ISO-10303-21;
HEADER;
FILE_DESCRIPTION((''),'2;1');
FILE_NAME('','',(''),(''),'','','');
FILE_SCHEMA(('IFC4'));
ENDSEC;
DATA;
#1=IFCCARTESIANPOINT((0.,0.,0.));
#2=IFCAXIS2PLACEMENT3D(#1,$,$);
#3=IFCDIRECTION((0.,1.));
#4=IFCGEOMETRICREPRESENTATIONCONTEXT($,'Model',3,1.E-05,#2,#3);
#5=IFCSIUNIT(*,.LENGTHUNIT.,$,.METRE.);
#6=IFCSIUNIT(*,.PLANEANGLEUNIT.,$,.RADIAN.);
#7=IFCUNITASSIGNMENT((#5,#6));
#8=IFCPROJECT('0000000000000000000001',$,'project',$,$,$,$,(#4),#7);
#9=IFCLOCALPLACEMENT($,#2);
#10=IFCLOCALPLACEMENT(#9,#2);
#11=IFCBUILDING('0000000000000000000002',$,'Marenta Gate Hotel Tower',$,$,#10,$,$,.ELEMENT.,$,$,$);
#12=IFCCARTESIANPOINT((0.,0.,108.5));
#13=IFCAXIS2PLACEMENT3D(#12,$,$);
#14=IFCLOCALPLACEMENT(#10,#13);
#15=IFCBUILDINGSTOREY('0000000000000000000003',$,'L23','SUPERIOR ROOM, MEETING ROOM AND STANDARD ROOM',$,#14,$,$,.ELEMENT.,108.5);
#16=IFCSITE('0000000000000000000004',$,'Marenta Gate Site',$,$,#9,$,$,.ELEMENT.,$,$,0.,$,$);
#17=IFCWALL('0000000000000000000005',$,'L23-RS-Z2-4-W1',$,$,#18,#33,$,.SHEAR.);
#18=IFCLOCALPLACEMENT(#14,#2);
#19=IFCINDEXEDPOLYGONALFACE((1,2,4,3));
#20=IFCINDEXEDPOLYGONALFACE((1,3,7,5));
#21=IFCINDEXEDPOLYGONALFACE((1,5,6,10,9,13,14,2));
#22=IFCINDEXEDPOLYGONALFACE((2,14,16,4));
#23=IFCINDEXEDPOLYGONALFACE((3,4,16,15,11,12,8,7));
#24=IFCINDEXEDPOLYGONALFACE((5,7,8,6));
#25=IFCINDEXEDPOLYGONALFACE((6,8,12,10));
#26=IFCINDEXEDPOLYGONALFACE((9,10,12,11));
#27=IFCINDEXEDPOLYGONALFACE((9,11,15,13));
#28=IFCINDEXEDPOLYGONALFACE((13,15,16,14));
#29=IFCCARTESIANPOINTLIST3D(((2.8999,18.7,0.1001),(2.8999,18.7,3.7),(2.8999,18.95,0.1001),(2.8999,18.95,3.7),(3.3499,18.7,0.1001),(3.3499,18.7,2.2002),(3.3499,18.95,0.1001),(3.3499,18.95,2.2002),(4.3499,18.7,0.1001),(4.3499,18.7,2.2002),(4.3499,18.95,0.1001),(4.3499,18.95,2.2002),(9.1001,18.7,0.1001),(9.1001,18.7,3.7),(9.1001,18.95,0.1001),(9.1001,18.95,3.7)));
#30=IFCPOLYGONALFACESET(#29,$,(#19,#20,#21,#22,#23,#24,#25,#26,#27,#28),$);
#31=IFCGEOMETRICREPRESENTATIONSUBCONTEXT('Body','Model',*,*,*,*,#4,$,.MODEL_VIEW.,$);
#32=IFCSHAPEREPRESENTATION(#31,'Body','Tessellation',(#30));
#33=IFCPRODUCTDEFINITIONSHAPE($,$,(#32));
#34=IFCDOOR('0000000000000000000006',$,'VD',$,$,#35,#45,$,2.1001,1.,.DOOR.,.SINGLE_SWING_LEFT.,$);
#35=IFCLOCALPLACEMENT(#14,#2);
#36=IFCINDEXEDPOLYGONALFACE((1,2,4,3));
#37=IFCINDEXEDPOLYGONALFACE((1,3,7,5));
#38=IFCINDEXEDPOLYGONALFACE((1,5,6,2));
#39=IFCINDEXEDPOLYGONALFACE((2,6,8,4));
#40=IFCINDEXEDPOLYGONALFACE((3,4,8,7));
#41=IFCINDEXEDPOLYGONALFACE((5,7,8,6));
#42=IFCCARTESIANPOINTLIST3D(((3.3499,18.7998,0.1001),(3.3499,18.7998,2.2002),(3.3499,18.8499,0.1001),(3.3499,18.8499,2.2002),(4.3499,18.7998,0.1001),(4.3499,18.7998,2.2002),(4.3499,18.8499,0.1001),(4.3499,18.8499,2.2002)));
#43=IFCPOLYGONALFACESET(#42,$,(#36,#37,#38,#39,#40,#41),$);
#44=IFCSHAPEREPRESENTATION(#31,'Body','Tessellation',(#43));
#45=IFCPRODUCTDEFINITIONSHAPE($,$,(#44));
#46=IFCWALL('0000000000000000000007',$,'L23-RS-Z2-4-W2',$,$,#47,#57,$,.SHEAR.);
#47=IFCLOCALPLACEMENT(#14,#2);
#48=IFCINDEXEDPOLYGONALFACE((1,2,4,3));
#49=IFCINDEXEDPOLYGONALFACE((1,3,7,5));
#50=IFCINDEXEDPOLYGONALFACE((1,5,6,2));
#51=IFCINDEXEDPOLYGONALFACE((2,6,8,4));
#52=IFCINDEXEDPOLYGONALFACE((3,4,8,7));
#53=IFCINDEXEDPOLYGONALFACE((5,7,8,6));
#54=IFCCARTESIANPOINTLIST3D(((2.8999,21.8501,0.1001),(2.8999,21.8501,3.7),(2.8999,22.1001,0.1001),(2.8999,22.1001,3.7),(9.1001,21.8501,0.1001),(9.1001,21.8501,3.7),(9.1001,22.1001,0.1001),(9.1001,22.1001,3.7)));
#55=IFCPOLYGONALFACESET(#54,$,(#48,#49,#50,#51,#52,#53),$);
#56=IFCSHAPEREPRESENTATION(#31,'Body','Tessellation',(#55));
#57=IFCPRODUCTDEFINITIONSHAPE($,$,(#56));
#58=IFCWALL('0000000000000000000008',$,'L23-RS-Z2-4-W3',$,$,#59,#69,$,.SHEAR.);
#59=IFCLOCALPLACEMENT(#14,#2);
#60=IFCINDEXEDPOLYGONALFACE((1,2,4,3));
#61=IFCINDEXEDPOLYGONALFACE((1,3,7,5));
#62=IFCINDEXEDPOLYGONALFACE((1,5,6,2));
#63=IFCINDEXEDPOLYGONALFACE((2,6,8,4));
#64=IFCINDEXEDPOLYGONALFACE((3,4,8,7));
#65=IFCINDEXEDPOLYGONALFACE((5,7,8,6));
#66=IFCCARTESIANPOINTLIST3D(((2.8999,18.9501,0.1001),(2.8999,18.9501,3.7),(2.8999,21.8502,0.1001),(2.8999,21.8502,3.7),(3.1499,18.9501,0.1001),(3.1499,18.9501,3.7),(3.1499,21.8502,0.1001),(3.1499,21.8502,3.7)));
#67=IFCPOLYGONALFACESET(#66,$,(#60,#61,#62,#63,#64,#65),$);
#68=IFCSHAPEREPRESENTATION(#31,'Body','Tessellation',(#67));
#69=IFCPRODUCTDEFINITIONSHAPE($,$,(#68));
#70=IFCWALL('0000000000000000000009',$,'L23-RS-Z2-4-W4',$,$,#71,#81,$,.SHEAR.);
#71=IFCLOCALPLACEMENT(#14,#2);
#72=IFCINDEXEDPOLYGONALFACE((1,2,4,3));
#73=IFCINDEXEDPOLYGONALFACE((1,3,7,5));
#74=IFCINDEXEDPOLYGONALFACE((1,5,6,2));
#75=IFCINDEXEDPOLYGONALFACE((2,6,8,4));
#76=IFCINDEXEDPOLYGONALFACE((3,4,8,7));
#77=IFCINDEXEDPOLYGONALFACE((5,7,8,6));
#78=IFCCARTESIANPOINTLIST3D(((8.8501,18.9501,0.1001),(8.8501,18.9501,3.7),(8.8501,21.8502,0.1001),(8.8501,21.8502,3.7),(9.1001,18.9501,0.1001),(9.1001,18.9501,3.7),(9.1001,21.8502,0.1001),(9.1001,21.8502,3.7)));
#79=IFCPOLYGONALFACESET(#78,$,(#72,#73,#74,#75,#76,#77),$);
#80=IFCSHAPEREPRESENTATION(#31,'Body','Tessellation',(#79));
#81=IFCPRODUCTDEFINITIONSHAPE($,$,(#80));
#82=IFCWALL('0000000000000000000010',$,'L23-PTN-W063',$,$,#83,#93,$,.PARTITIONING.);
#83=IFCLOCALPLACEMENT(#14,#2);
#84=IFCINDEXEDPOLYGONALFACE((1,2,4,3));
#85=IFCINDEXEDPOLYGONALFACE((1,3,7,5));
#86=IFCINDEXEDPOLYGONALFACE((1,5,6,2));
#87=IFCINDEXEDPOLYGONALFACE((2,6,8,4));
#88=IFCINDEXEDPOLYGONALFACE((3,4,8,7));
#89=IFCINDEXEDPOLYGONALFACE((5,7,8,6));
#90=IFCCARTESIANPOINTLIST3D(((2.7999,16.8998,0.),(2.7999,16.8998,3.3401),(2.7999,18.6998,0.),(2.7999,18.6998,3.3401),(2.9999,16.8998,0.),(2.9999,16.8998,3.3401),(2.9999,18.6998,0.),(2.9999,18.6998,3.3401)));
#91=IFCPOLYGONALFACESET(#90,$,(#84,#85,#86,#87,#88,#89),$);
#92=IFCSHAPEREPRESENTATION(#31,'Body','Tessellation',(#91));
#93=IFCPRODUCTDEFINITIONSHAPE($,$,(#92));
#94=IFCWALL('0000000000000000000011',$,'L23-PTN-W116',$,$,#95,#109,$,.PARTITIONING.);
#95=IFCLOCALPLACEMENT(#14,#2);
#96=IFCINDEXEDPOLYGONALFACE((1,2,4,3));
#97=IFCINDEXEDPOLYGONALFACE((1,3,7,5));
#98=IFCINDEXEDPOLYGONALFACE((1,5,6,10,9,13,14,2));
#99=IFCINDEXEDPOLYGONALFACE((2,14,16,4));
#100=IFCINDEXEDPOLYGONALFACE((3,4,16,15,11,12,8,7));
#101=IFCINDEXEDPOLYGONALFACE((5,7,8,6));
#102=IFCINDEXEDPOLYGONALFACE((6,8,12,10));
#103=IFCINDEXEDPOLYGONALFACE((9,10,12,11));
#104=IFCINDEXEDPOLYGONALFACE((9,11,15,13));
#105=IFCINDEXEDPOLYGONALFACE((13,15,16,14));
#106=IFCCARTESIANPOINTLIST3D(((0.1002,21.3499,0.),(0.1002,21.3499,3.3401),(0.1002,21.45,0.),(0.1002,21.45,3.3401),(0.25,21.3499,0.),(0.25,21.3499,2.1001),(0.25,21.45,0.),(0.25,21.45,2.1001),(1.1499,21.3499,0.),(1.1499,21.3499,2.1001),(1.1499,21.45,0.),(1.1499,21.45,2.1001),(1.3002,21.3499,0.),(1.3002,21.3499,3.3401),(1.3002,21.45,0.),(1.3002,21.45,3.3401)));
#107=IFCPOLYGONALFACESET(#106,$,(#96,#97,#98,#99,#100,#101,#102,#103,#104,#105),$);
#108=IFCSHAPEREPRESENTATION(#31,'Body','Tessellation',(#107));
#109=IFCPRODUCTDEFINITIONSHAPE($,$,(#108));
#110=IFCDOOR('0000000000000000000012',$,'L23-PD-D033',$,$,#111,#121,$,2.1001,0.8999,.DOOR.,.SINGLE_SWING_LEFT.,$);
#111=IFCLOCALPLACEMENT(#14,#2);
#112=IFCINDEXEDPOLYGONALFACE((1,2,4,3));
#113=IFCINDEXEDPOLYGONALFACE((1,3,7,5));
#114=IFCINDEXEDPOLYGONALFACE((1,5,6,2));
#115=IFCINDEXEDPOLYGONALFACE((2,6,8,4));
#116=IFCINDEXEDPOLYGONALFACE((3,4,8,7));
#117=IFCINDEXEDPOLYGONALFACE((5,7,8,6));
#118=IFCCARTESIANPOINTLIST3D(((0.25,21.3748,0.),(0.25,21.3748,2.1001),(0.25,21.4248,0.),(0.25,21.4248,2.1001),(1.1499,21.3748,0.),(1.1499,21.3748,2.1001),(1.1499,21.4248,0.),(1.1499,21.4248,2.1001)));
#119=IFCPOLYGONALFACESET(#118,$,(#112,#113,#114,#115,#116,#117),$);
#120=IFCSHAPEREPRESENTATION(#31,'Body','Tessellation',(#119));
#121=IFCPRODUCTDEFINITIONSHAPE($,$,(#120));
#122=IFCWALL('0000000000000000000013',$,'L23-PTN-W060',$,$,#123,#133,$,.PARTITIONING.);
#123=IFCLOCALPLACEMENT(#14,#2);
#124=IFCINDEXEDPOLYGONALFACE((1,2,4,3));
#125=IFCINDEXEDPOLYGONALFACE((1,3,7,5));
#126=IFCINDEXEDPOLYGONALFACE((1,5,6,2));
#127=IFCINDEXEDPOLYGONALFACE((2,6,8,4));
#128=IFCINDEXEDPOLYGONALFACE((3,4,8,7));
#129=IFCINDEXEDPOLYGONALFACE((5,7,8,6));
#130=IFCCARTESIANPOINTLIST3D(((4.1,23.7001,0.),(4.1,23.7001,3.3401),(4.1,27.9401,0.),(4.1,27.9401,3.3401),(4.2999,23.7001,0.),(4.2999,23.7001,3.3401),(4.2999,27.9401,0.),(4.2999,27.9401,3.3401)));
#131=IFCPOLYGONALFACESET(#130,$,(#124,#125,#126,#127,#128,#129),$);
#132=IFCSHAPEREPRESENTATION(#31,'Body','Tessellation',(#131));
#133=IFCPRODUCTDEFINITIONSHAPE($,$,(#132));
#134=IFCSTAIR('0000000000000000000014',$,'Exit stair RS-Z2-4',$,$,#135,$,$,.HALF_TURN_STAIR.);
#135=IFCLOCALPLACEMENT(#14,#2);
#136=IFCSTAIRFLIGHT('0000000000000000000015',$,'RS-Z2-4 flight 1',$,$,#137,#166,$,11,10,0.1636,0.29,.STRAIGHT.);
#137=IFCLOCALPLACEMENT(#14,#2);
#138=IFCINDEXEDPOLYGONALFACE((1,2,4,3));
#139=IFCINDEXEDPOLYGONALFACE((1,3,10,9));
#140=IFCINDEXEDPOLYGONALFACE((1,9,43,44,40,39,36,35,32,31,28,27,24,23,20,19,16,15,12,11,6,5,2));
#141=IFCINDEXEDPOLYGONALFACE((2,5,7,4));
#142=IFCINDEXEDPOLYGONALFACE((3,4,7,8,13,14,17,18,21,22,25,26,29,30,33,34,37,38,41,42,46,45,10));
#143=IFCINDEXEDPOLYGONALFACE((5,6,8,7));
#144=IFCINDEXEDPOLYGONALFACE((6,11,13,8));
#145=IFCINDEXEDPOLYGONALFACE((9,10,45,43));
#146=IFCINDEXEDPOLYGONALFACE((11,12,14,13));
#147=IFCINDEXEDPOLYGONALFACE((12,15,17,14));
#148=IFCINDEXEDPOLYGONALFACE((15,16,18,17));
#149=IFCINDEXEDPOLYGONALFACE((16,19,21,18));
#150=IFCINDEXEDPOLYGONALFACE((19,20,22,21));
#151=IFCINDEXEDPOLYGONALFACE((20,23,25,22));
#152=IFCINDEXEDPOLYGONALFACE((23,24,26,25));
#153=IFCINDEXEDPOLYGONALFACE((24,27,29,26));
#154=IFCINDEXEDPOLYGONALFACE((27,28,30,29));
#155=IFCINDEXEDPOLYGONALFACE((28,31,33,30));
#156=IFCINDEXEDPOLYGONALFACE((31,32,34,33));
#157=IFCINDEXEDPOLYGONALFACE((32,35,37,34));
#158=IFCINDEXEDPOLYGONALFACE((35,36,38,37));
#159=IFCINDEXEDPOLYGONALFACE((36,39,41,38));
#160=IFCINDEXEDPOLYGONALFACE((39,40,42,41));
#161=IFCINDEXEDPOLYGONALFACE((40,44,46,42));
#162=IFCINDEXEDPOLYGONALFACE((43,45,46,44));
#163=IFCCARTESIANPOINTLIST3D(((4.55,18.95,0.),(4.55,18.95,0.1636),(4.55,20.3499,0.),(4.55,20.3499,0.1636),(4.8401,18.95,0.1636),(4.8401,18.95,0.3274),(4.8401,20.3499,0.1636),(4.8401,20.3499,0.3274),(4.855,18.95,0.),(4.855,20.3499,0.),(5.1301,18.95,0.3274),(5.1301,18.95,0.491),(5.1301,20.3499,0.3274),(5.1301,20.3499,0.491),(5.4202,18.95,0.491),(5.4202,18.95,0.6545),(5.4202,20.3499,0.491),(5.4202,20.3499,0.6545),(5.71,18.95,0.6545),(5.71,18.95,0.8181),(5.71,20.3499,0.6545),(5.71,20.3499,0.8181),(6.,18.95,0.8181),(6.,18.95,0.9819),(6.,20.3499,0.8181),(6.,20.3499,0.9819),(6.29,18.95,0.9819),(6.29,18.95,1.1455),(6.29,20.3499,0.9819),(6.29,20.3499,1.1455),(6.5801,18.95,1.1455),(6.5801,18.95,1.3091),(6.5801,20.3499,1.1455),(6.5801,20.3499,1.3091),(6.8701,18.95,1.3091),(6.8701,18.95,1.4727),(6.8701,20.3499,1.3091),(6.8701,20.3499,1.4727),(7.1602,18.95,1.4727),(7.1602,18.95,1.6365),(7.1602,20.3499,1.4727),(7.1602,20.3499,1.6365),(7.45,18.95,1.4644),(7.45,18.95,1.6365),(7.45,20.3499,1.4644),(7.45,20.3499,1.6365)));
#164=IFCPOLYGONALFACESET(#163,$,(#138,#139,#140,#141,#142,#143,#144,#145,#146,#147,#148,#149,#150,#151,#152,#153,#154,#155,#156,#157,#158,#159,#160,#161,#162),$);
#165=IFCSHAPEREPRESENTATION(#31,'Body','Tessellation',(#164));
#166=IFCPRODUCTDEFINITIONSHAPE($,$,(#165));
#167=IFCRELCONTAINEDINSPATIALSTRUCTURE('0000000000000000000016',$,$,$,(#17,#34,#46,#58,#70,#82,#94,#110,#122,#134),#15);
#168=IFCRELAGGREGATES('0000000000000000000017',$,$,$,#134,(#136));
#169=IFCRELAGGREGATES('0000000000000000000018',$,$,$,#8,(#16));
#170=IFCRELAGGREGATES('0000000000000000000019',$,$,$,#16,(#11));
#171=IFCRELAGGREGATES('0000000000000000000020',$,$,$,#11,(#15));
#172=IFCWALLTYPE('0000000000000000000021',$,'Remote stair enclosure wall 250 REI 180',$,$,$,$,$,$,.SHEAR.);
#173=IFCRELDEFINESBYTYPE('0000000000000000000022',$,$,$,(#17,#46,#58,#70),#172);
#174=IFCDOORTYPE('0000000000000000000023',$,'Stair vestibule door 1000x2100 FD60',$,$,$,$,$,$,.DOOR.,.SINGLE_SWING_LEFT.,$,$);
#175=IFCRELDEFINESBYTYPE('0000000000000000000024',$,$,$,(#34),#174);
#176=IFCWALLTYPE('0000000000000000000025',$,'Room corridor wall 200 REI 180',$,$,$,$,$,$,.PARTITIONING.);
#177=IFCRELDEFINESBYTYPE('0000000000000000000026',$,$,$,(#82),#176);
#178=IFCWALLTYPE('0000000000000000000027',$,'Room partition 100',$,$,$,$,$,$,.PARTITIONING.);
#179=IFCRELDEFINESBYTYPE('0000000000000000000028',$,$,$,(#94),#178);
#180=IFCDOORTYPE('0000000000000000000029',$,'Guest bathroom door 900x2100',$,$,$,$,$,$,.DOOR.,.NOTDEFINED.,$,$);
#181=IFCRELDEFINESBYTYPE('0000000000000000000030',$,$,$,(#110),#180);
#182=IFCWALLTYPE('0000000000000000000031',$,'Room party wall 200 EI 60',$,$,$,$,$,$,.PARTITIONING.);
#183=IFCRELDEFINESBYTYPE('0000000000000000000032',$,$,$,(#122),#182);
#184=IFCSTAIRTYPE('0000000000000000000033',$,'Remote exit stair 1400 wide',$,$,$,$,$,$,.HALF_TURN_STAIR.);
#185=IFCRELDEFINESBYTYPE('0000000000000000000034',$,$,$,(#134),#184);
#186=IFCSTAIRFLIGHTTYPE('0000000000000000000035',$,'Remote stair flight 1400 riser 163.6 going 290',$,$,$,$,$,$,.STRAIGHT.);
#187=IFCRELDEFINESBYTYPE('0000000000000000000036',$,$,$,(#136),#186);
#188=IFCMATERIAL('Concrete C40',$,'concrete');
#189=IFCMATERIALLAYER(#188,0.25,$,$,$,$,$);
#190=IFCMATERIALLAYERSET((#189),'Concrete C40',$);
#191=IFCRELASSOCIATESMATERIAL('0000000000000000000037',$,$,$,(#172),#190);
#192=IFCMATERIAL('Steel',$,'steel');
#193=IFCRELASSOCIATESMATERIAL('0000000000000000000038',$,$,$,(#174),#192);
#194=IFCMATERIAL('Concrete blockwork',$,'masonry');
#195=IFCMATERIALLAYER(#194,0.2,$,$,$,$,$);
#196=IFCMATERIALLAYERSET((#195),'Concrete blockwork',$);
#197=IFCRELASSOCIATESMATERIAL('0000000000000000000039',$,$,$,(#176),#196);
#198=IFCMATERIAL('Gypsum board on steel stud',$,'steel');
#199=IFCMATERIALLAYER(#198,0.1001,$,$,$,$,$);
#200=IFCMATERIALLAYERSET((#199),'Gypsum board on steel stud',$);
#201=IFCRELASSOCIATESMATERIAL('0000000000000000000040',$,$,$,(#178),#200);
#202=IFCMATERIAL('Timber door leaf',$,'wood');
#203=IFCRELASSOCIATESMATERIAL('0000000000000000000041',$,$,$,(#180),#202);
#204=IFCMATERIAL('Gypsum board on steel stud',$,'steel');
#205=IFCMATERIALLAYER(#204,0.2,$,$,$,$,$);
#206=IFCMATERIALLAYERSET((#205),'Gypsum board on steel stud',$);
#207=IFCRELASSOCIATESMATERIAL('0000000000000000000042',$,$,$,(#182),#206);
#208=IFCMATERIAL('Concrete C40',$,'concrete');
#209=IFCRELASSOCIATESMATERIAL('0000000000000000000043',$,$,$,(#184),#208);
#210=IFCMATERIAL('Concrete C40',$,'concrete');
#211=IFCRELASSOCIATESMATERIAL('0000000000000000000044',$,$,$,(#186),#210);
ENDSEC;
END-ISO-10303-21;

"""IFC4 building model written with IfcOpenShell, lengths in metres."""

from ifc_helpers import new_model, si_unit, direction, frame, frame_2d, origin, place, context, subcontext, project, spatial, polyline, rectangle, outline, extrude, material, layer, layer_set, type_object, element, fill, aggregate, save


model = new_model("IFC4")

# Units and contexts
model_context = context("Model", 3, precision=1e-05, world=origin(), true_north=direction((0.0, 1.0)))
body_context = subcontext(model_context, "Body", "Model", "MODEL_VIEW")
ifc_project = project(units=[si_unit("LENGTHUNIT", "METRE"), si_unit("PLANEANGLEUNIT", "RADIAN")], contexts=[model_context])

# Site, building, storey
site_placement = place(None, origin())
site = spatial("IfcSite", under=ifc_project, at=site_placement, Name="Marenta Gate Site", CompositionType="ELEMENT", RefElevation=0.0)
building_placement = place(site_placement, origin())
building = spatial("IfcBuilding", under=site, at=building_placement, Name="Marenta Gate Hotel Tower", CompositionType="ELEMENT")
storey_placement = place(building_placement, frame((0.0, 0.0, 108.5)))
storey = spatial("IfcBuildingStorey", under=building, at=storey_placement, Name="L23", Description="SUPERIOR ROOM, MEETING ROOM AND STANDARD ROOM", CompositionType="ELEMENT", Elevation=108.5)

# Wall, opening, door
ifc_material_1 = material(Name="Concrete C40", Category="concrete")
ifc_layer_1 = layer(ifc_material_1, 0.25)
ifc_layer_set_1 = layer_set([ifc_layer_1], Name="Concrete C40")
wall_type_1 = type_object("IfcWallType", Name="Remote stair enclosure wall 250 REI 180", PredefinedType="SHEAR", material=ifc_layer_set_1)
wall_1_placement = place(storey_placement, frame((2.8999, 18.825, 0.1001), z_axis=(0.0, 0.0, 1.0), x_axis=(1.0, 0.0, 0.0)))
wall_1 = element("IfcWall", 1, at=wall_1_placement, inside=storey, type_object=wall_type_1, Name="L23-RS-Z2-4-W1", PredefinedType="SHEAR", context=body_context, shape_type="SweptSolid", body=[
    extrude(rectangle(XDim=6.2002, YDim=0.25, at=frame_2d((3.1001, 0.0))), origin(), (0.0, 0.0, 1.0), 3.5999),
])
opening_1_placement = place(wall_1_placement, frame((0.45, 0.0, 0.0)))
opening_1 = element("IfcOpeningElement", 2, at=opening_1_placement, cuts=wall_1, PredefinedType="OPENING", context=body_context, shape_type="SweptSolid", body=[
    extrude(rectangle(XDim=1.0, YDim=2.1001, at=frame_2d((0.5, 1.05))), frame((0.0, 0.125, 0.0), z_axis=(0.0, -1.0, 0.0), x_axis=(1.0, 0.0, 0.0)), (0.0, 0.0, 1.0), 0.25),
])
ifc_material_2 = material(Name="Steel", Category="steel")
door_type_1 = type_object("IfcDoorType", Name="Stair vestibule door 1000x2100 FD60", OperationType="SINGLE_SWING_LEFT", PredefinedType="DOOR", material=ifc_material_2)
door_1_placement = place(opening_1_placement, origin())
door_1 = element("IfcDoor", 3, at=door_1_placement, inside=storey, type_object=door_type_1, Name="VD", OperationType="SINGLE_SWING_LEFT", OverallHeight=2.1001, OverallWidth=1.0, PredefinedType="DOOR", context=body_context, shape_type="SweptSolid", body=[
    extrude(rectangle(XDim=1.0, YDim=2.1001, at=frame_2d((0.5, 1.05))), frame((0.0, 0.0249, 0.0), z_axis=(0.0, -1.0, 0.0), x_axis=(1.0, 0.0, 0.0)), (0.0, 0.0, 1.0), 0.05),
])
fill(opening_1, door_1)

# Walls
wall_2_placement = place(storey_placement, frame((2.8999, 21.9751, 0.1001), z_axis=(0.0, 0.0, 1.0), x_axis=(1.0, 0.0, 0.0)))
element("IfcWall", 4, at=wall_2_placement, inside=storey, type_object=wall_type_1, Name="L23-RS-Z2-4-W2", PredefinedType="SHEAR", context=body_context, shape_type="SweptSolid", body=[
    extrude(rectangle(XDim=6.2002, YDim=0.25, at=frame_2d((3.1001, 0.0))), origin(), (0.0, 0.0, 1.0), 3.5999),
])
for number, where, z_axis, x_axis, name in (
    (5, (3.0249, 18.95, 0.1001), (0.0, 0.0, 1.0), (0.0, 1.0, 0.0), "L23-RS-Z2-4-W3"),
    (6, (8.9751, 18.95, 0.1001), (0.0, 0.0, 1.0), (0.0, 1.0, 0.0), "L23-RS-Z2-4-W4"),
):
    element("IfcWall", number, at=place(storey_placement, frame(where, z_axis=z_axis, x_axis=x_axis)), inside=storey, type_object=wall_type_1, Name=name, PredefinedType="SHEAR", context=body_context, shape_type="SweptSolid", body=[
        extrude(rectangle(XDim=2.9001, YDim=0.25, at=frame_2d((1.4502, 0.0))), origin(), (0.0, 0.0, 1.0), 3.5999),
    ])

# Shared definitions
ifc_material_3 = material(Name="Concrete blockwork", Category="masonry")
ifc_layer_2 = layer(ifc_material_3, 0.2)
ifc_layer_set_2 = layer_set([ifc_layer_2], Name="Concrete blockwork")
wall_type_2 = type_object("IfcWallType", Name="Room corridor wall 200 REI 180", PredefinedType="PARTITIONING", material=ifc_layer_set_2)

# Wall
wall_3_placement = place(storey_placement, frame((2.8999, 16.8999, 0.0), z_axis=(0.0, 0.0, 1.0), x_axis=(0.0, 1.0, 0.0)))
element("IfcWall", 7, at=wall_3_placement, inside=storey, type_object=wall_type_2, Name="L23-PTN-W063", PredefinedType="PARTITIONING", context=body_context, shape_type="SweptSolid", body=[
    extrude(rectangle(XDim=1.8, YDim=0.2, at=frame_2d((0.8999, 0.0))), origin(), (0.0, 0.0, 1.0), 3.3401),
])

# Wall, opening, door
ifc_material_4 = material(Name="Gypsum board on steel stud", Category="steel")
ifc_layer_3 = layer(ifc_material_4, 0.1001)
ifc_layer_set_3 = layer_set([ifc_layer_3], Name="Gypsum board on steel stud")
wall_type_3 = type_object("IfcWallType", Name="Room partition 100", PredefinedType="PARTITIONING", material=ifc_layer_set_3)
wall_4_placement = place(storey_placement, frame((0.1001, 21.3999, 0.0), z_axis=(0.0, 0.0, 1.0), x_axis=(1.0, 0.0, 0.0)))
wall_4 = element("IfcWall", 8, at=wall_4_placement, inside=storey, type_object=wall_type_3, Name="L23-PTN-W116", PredefinedType="PARTITIONING", context=body_context, shape_type="SweptSolid", body=[
    extrude(rectangle(XDim=1.2, YDim=0.1001, at=frame_2d((0.6001, 0.0))), origin(), (0.0, 0.0, 1.0), 3.3401),
])
opening_2_placement = place(wall_4_placement, frame((0.1499, 0.0, 0.0)))
opening_2 = element("IfcOpeningElement", 9, at=opening_2_placement, cuts=wall_4, PredefinedType="OPENING", context=body_context, shape_type="SweptSolid", body=[
    extrude(rectangle(XDim=0.8999, YDim=2.1001, at=frame_2d((0.45, 1.05))), frame((0.0, 0.05, 0.0), z_axis=(0.0, -1.0, 0.0), x_axis=(1.0, 0.0, 0.0)), (0.0, 0.0, 1.0), 0.1001),
])
ifc_material_5 = material(Name="Timber door leaf", Category="wood")
door_type_2 = type_object("IfcDoorType", Name="Guest bathroom door 900x2100", OperationType="NOTDEFINED", PredefinedType="DOOR", material=ifc_material_5)
door_2_placement = place(opening_2_placement, origin())
door_2 = element("IfcDoor", 10, at=door_2_placement, inside=storey, type_object=door_type_2, Name="L23-PD-D033", OperationType="SINGLE_SWING_LEFT", OverallHeight=2.1001, OverallWidth=0.8999, PredefinedType="DOOR", context=body_context, shape_type="SweptSolid", body=[
    extrude(rectangle(XDim=0.8999, YDim=2.1001, at=frame_2d((0.45, 1.05))), frame((0.0, 0.0249, 0.0), z_axis=(0.0, -1.0, 0.0), x_axis=(1.0, 0.0, 0.0)), (0.0, 0.0, 1.0), 0.05),
])
fill(opening_2, door_2)

# Wall
ifc_material_6 = material(Name="Gypsum board on steel stud", Category="steel")
ifc_layer_4 = layer(ifc_material_6, 0.2)
ifc_layer_set_4 = layer_set([ifc_layer_4], Name="Gypsum board on steel stud")
wall_type_4 = type_object("IfcWallType", Name="Room party wall 200 EI 60", PredefinedType="PARTITIONING", material=ifc_layer_set_4)
wall_5_placement = place(storey_placement, frame((4.2, 23.7, 0.0), z_axis=(0.0, 0.0, 1.0), x_axis=(0.0, 1.0, 0.0)))
element("IfcWall", 11, at=wall_5_placement, inside=storey, type_object=wall_type_4, Name="L23-PTN-W060", PredefinedType="PARTITIONING", context=body_context, shape_type="SweptSolid", body=[
    extrude(rectangle(XDim=4.24, YDim=0.2, at=frame_2d((2.1201, 0.0))), origin(), (0.0, 0.0, 1.0), 3.3401),
])

# Stair, stair flight
ifc_material_7 = material(Name="Concrete C40", Category="concrete")
stair_type = type_object("IfcStairType", Name="Remote exit stair 1400 wide", PredefinedType="HALF_TURN_STAIR", material=ifc_material_7)
stair_placement = place(storey_placement, origin())
stair = element("IfcStair", 12, at=stair_placement, inside=storey, type_object=stair_type, Name="Exit stair RS-Z2-4", PredefinedType="HALF_TURN_STAIR")
ifc_material_8 = material(Name="Concrete C40", Category="concrete")
stair_flight_type = type_object("IfcStairFlightType", Name="Remote stair flight 1400 riser 163.6 going 290", PredefinedType="STRAIGHT", material=ifc_material_8)
stair_flight_1_placement = place(storey_placement, frame((4.55, 19.6499, 0.0), z_axis=(0.0, 0.0, 1.0), x_axis=(1.0, 0.0, 0.0)))
stair_flight_1 = element("IfcStairFlight", 13, at=stair_flight_1_placement, type_object=stair_flight_type, Name="RS-Z2-4 flight 1", NumberOfRisers=11, NumberOfTreads=10, PredefinedType="STRAIGHT", RiserHeight=0.1636, TreadLength=0.29, context=body_context, shape_type="SweptSolid", body=[
    extrude(outline(polyline([(0.0, 0.0), (0.0, 0.1636), (0.29, 0.1636), (0.29, 0.3274), (0.5801, 0.3274), (0.5801, 0.491), (0.8701, 0.491), (0.8701, 0.6545), (1.1599, 0.6545), (1.1599, 0.8181), (1.45, 0.8181), (1.45, 0.9819), (1.74, 0.9819), (1.74, 1.1455), (2.03, 1.1455), (2.03, 1.3091), (2.3201, 1.3091), (2.3201, 1.4727), (2.6101, 1.4727), (2.6101, 1.6365), (2.8999, 1.6365), (2.8999, 1.8), (2.8999, 1.4644), (0.3049, 0.0), (0.0, 0.0)])), frame((0.0, 0.7, 0.0), z_axis=(0.0, -1.0, 0.0), x_axis=(1.0, 0.0, 0.0)), (0.0, 0.0, 1.0), 1.3999),
])
aggregate(stair, [stair_flight_1])

save(model, "model.ifc")
